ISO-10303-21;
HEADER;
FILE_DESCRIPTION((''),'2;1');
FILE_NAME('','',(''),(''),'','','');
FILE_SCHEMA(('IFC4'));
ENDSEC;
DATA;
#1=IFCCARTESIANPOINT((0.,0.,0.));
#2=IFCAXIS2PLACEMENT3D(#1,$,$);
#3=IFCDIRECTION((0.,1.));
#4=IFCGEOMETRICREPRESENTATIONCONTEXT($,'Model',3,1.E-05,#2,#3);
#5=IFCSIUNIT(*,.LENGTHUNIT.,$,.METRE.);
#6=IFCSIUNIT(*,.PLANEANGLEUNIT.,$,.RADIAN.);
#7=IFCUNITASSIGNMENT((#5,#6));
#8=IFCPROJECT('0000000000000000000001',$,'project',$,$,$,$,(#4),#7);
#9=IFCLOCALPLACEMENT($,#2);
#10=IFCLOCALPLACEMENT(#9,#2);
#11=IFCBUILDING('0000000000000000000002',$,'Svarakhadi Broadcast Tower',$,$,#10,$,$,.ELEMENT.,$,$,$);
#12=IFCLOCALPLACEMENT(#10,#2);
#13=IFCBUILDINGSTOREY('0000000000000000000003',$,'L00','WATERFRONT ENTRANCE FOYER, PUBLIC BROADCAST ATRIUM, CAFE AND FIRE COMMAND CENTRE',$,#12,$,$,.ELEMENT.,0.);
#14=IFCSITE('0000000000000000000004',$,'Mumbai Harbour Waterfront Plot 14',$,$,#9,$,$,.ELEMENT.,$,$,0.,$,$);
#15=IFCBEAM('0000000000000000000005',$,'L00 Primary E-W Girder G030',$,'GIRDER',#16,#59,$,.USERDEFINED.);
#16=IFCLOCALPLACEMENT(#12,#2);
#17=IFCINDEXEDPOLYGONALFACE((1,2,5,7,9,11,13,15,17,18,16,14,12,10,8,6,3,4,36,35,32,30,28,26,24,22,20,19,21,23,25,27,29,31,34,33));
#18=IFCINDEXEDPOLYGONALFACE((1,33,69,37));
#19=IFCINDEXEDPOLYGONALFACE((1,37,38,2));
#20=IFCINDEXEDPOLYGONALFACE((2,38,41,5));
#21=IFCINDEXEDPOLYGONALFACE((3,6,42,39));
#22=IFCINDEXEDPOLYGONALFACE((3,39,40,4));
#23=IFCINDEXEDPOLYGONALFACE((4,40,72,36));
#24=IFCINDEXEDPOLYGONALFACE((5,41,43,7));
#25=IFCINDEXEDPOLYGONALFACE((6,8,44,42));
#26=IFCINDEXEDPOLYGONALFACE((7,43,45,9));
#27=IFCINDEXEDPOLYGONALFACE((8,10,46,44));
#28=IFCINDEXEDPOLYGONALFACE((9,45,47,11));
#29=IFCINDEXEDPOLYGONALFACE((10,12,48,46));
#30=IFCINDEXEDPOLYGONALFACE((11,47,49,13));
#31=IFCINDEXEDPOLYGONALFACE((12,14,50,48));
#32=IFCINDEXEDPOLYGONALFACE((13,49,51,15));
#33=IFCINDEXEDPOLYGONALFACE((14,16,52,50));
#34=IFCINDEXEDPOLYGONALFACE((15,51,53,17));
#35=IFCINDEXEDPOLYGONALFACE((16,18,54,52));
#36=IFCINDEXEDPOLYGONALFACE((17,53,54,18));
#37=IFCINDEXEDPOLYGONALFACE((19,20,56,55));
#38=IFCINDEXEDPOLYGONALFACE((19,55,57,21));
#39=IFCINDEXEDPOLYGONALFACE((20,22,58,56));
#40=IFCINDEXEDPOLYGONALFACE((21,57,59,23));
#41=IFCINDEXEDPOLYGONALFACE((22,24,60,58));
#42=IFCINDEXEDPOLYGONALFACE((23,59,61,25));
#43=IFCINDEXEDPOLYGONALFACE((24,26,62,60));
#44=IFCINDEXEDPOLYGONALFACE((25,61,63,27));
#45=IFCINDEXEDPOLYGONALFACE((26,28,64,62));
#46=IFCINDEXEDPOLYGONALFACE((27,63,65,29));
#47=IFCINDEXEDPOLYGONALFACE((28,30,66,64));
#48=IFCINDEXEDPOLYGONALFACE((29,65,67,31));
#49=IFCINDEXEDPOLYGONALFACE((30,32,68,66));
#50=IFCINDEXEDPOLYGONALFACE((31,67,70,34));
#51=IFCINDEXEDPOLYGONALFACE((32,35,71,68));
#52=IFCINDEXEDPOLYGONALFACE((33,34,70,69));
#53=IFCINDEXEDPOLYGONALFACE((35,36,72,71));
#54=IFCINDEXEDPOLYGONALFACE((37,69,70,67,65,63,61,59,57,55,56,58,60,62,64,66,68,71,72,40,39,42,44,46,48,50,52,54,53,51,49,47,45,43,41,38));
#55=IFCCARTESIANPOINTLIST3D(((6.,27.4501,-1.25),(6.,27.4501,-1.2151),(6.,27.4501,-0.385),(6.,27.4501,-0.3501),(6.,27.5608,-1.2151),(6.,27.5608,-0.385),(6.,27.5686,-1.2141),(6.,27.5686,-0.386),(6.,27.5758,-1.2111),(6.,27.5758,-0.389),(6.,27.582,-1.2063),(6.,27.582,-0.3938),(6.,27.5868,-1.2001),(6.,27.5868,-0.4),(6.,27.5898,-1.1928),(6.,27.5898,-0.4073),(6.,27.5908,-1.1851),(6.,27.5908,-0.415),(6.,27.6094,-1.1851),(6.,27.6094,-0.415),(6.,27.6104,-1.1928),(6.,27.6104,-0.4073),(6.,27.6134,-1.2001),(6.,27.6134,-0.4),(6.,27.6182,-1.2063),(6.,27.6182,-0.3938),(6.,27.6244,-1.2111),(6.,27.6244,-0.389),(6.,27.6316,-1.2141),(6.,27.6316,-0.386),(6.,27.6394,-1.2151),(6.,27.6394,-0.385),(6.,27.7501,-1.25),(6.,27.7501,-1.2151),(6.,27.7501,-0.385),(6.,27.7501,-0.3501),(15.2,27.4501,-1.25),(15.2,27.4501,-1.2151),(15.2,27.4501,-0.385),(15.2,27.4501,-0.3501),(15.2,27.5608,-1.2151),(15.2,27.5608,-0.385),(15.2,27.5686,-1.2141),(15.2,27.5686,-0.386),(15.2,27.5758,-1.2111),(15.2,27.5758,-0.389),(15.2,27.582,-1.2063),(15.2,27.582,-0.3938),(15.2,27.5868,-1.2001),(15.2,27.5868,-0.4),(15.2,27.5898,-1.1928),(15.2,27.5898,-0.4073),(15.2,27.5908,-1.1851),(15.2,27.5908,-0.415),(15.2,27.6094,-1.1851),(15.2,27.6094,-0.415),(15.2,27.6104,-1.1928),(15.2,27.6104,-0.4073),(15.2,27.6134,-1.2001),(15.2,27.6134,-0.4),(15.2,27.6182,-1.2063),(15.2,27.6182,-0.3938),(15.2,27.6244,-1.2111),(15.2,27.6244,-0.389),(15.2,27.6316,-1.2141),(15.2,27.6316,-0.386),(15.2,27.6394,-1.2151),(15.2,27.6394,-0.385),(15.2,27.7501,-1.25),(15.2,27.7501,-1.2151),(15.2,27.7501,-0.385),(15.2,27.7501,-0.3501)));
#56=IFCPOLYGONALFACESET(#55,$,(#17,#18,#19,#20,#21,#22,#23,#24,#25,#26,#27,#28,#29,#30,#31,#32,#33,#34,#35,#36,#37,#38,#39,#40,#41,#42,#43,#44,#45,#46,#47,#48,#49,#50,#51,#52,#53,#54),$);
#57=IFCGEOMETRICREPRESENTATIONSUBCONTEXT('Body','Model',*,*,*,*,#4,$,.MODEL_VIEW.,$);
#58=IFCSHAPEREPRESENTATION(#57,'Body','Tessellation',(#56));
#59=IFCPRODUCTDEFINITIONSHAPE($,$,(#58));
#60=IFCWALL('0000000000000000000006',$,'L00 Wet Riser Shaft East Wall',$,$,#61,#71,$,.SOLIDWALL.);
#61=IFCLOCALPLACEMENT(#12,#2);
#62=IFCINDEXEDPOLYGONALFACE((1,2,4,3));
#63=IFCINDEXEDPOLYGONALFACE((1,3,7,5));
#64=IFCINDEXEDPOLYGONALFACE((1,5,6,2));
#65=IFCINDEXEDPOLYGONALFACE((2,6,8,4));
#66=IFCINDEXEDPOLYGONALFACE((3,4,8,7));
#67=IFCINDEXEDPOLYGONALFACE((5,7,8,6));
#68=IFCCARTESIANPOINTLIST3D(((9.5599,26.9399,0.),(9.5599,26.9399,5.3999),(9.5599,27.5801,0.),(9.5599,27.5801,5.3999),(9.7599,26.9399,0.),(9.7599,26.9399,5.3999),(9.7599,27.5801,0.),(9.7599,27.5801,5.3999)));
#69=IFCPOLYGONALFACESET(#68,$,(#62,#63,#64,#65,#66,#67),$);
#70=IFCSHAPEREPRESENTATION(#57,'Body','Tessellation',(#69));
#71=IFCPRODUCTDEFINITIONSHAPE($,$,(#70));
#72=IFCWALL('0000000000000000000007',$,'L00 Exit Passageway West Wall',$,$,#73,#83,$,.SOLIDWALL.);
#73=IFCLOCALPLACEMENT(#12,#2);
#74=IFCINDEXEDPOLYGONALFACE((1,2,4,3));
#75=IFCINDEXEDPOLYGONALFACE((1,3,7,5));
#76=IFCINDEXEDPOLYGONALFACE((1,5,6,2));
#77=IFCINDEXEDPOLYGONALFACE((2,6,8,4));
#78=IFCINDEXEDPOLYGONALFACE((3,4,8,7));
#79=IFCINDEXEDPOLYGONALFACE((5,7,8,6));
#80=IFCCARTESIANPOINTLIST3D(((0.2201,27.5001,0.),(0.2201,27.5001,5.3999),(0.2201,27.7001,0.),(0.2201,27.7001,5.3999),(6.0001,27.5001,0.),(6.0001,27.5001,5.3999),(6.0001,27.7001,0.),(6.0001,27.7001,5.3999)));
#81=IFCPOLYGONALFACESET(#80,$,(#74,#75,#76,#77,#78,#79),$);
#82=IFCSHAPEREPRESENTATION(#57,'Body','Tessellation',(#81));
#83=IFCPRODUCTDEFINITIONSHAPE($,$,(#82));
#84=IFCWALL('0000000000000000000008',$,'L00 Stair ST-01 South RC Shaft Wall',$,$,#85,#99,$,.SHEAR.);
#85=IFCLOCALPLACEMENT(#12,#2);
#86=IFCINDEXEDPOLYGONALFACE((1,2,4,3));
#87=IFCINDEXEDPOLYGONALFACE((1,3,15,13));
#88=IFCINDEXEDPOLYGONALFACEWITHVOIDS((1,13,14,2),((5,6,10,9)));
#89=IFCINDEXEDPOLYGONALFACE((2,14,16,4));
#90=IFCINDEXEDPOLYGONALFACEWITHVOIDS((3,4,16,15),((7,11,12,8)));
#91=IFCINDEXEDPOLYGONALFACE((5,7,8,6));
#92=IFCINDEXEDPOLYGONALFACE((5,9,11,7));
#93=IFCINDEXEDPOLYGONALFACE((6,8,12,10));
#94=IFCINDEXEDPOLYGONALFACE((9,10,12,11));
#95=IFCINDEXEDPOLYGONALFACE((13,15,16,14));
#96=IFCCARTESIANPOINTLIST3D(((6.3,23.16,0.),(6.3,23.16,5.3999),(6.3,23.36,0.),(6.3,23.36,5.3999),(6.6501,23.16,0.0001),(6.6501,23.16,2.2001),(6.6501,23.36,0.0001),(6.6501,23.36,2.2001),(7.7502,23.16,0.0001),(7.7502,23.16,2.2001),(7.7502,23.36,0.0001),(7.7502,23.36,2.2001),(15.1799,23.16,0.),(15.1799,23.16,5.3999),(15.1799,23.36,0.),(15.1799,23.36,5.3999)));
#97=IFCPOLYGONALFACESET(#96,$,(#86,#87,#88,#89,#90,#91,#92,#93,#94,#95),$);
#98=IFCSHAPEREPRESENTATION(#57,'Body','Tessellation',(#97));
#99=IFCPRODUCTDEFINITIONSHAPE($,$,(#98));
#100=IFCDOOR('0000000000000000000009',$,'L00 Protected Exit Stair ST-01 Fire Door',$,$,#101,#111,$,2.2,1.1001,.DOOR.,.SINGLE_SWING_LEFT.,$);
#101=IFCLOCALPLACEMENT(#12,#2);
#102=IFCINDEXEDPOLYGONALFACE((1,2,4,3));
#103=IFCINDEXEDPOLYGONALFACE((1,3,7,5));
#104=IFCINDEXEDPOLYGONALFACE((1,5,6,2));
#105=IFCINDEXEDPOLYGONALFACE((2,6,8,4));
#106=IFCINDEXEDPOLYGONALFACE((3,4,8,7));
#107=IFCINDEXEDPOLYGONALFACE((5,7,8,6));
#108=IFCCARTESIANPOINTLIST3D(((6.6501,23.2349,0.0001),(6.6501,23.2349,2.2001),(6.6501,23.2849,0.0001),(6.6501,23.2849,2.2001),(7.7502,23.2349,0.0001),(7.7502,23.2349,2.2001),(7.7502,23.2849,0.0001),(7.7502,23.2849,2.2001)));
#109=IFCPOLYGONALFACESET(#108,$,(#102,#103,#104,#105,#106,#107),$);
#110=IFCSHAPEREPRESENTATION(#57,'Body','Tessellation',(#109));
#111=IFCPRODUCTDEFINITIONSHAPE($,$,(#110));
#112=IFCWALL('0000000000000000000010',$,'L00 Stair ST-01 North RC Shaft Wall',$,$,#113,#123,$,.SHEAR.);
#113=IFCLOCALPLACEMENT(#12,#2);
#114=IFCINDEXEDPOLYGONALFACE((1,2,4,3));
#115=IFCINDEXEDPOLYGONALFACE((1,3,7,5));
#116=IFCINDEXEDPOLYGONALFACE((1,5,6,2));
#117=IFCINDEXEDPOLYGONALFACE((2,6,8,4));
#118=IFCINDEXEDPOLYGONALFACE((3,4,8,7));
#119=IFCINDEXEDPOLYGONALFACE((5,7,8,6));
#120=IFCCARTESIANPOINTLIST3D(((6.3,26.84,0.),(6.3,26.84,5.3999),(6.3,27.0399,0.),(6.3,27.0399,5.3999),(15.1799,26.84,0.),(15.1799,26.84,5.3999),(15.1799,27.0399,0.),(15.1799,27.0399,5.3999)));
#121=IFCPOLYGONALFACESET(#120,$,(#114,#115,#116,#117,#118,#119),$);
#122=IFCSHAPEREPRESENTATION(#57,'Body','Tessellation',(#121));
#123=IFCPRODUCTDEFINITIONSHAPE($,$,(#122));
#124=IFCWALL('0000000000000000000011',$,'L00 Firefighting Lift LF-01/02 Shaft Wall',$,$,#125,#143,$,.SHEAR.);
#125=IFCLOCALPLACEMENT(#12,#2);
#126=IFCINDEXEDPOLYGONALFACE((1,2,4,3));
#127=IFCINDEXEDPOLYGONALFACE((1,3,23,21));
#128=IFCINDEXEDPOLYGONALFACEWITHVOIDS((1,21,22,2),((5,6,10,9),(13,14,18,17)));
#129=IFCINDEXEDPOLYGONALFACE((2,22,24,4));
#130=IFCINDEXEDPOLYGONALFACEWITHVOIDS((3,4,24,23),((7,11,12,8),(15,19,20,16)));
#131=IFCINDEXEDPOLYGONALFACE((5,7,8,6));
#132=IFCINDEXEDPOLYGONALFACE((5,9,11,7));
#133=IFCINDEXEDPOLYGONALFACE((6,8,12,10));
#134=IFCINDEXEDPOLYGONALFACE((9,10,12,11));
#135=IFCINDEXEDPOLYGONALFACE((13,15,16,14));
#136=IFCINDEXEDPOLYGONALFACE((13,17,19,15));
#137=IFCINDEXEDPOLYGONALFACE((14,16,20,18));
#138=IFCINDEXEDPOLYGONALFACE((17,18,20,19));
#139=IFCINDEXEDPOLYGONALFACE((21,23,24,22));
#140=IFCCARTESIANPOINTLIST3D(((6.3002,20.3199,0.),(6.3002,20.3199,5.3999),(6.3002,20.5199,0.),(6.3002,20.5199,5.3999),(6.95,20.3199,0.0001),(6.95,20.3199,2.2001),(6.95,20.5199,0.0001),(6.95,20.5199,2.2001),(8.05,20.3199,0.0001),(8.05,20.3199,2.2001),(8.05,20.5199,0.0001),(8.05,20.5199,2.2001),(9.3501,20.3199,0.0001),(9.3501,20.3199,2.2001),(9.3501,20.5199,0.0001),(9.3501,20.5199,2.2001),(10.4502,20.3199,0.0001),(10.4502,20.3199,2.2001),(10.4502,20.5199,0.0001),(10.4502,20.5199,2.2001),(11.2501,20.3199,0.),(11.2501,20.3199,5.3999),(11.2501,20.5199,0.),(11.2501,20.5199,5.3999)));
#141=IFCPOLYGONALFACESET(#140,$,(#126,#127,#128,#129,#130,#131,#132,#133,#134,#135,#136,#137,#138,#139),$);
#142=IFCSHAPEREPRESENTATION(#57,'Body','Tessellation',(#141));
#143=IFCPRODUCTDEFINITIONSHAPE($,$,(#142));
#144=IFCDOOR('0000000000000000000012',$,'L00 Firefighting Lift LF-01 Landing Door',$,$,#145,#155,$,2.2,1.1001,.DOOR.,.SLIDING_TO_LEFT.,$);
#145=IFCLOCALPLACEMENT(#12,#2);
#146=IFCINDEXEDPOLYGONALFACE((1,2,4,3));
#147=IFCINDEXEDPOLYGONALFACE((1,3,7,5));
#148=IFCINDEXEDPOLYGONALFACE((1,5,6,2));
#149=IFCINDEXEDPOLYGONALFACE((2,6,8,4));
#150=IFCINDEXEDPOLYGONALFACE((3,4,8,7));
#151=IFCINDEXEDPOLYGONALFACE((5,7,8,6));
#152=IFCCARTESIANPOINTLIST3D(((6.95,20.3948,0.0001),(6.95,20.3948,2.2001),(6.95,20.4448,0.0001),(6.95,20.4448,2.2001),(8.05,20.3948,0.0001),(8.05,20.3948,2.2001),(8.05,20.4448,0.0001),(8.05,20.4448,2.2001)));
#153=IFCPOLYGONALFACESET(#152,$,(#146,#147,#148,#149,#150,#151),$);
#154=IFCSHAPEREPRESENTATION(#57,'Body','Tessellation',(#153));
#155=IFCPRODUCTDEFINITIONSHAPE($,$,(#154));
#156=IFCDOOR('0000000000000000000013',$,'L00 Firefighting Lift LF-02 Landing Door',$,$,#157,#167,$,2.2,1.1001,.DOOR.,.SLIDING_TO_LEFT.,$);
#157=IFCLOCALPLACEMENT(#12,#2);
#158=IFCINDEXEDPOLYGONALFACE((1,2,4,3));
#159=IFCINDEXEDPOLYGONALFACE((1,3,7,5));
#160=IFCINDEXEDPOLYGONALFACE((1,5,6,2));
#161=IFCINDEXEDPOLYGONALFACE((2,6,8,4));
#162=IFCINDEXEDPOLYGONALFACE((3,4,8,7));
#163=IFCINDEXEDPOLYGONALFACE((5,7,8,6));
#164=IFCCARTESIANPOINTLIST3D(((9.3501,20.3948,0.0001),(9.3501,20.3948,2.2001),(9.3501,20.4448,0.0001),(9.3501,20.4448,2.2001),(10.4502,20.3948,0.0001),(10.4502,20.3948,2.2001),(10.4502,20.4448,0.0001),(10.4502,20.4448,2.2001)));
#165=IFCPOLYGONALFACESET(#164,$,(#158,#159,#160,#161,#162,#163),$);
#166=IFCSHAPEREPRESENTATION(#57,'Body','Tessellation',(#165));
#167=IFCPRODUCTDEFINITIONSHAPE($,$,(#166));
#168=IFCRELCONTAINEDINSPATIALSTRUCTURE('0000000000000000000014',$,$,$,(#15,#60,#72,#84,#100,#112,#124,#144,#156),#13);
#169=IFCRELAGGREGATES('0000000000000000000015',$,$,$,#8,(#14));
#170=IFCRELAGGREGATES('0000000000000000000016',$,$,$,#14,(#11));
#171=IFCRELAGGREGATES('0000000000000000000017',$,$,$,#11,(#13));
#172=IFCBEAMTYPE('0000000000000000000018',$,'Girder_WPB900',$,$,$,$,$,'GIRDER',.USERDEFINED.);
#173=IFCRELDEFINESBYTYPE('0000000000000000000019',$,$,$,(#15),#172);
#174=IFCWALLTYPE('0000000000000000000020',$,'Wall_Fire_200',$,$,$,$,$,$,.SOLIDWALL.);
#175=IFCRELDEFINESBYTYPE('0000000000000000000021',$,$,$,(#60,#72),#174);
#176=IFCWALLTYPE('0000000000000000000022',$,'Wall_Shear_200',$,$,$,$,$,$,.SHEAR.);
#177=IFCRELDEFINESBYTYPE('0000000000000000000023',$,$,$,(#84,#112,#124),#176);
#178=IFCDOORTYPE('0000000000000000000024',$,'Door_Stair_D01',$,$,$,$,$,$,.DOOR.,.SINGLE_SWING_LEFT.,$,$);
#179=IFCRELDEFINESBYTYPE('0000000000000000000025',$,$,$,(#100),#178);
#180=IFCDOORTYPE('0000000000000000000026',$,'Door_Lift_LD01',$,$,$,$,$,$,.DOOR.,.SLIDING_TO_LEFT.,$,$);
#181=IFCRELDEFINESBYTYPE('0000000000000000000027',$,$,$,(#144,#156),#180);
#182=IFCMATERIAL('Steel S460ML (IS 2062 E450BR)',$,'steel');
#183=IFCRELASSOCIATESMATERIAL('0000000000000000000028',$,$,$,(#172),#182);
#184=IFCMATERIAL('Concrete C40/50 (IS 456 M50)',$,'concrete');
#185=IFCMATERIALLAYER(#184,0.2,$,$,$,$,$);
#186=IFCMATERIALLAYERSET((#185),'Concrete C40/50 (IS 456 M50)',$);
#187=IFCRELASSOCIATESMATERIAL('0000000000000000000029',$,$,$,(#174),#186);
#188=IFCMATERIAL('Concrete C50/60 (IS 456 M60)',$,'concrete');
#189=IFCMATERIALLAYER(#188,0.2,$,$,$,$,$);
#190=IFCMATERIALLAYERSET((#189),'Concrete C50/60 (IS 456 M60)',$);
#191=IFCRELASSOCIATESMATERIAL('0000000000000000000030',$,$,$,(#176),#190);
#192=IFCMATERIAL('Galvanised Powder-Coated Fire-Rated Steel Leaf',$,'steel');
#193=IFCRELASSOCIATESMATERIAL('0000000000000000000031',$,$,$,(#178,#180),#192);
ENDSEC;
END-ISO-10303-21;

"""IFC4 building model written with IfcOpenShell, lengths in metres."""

from ifc_helpers import new_model, si_unit, direction, frame, frame_2d, origin, origin_2d, place, context, subcontext, project, spatial, rectangle, i_section, extrude, material, layer, layer_set, material_profile, profile_set, type_object, element, fill, save


model = new_model("IFC4")

# Units and contexts
model_context = context("Model", 3, precision=1e-05, world=origin(), true_north=direction((0.0, 1.0)))
body_context = subcontext(model_context, "Body", "Model", "MODEL_VIEW")
ifc_project = project(units=[si_unit("LENGTHUNIT", "METRE"), si_unit("PLANEANGLEUNIT", "RADIAN")], contexts=[model_context])

# Site, building, storey
site_placement = place(None, origin())
site = spatial("IfcSite", under=ifc_project, at=site_placement, Name="Mumbai Harbour Waterfront Plot 14", CompositionType="ELEMENT", RefElevation=0.0)
building_placement = place(site_placement, origin())
building = spatial("IfcBuilding", under=site, at=building_placement, Name="Svarakhadi Broadcast Tower", CompositionType="ELEMENT")
storey_placement = place(building_placement, origin())
storey = spatial("IfcBuildingStorey", under=building, at=storey_placement, Name="L00", Description="WATERFRONT ENTRANCE FOYER, PUBLIC BROADCAST ATRIUM, CAFE AND FIRE COMMAND CENTRE", CompositionType="ELEMENT", Elevation=0.0)

# Shared definitions
ifc_material_1 = material(Name="Steel S460ML (IS 2062 E450BR)", Category="steel")

# Beam
ifc_material_2 = material(Name="Concrete C50/60 (IS 456 M60)", Category="concrete")
ifc_material_profile_1 = material_profile(ifc_material_1, i_section(OverallWidth=0.3, OverallDepth=0.8999, WebThickness=0.0186, FlangeThickness=0.0349, FilletRadius=0.03, at=origin_2d()), Name="WPB 900x300x291")
ifc_profile_set_1 = profile_set([ifc_material_profile_1], Name="Steel S460ML (IS 2062 E450BR)")
beam_type_1 = type_object("IfcBeamType", Name="Girder_WPB900", ElementType="GIRDER", PredefinedType="USERDEFINED", material=ifc_profile_set_1)
beam_1_placement = place(storey_placement, frame((6.0, 27.6001, -0.8), z_axis=(1.0, 0.0, 0.0), x_axis=(0.0, 1.0, 0.0)))
element("IfcBeam", 1, at=beam_1_placement, inside=storey, type_object=beam_type_1, Name="L00 Primary E-W Girder G030", ObjectType="GIRDER", PredefinedType="USERDEFINED", context=body_context, shape_type="SweptSolid", body=[
    extrude(i_section(OverallWidth=0.3, OverallDepth=0.8999, WebThickness=0.0186, FlangeThickness=0.0349, FilletRadius=0.03, at=origin_2d()), origin(), (0.0, 0.0, 1.0), 9.2),
])

# Walls
ifc_material_3 = material(Name="Concrete C40/50 (IS 456 M50)", Category="concrete")
ifc_layer_1 = layer(ifc_material_3, 0.2)
ifc_layer_set_1 = layer_set([ifc_layer_1], Name="Concrete C40/50 (IS 456 M50)")
wall_type_1 = type_object("IfcWallType", Name="Wall_Fire_200", PredefinedType="SOLIDWALL", material=ifc_layer_set_1)
wall_1_placement = place(storey_placement, frame((9.6599, 26.9399, 0.0), z_axis=(0.0, 0.0, 1.0), x_axis=(0.0, 1.0, 0.0)))
element("IfcWall", 2, at=wall_1_placement, inside=storey, type_object=wall_type_1, Name="L00 Wet Riser Shaft East Wall", PredefinedType="SOLIDWALL", context=body_context, shape_type="SweptSolid", body=[
    extrude(rectangle(XDim=0.6401, YDim=0.2, at=frame_2d((0.3201, 0.0))), origin(), (0.0, 0.0, 1.0), 5.3999),
])
wall_2_placement = place(storey_placement, frame((0.22, 27.6001, 0.0), z_axis=(0.0, 0.0, 1.0), x_axis=(1.0, 0.0, 0.0)))
element("IfcWall", 3, at=wall_2_placement, inside=storey, type_object=wall_type_1, Name="L00 Exit Passageway West Wall", PredefinedType="SOLIDWALL", context=body_context, shape_type="SweptSolid", body=[
    extrude(rectangle(XDim=5.78, YDim=0.2, at=frame_2d((2.8901, 0.0))), origin(), (0.0, 0.0, 1.0), 5.3999),
])

# Wall, opening, door
ifc_layer_2 = layer(ifc_material_2, 0.2)
ifc_layer_set_2 = layer_set([ifc_layer_2], Name="Concrete C50/60 (IS 456 M60)")
wall_type_2 = type_object("IfcWallType", Name="Wall_Shear_200", PredefinedType="SHEAR", material=ifc_layer_set_2)
wall_3_placement = place(storey_placement, frame((6.3, 23.26, 0.0), z_axis=(0.0, 0.0, 1.0), x_axis=(1.0, 0.0, 0.0)))
wall_3 = element("IfcWall", 4, at=wall_3_placement, inside=storey, type_object=wall_type_2, Name="L00 Stair ST-01 South RC Shaft Wall", PredefinedType="SHEAR", context=body_context, shape_type="SweptSolid", body=[
    extrude(rectangle(XDim=8.8799, YDim=0.2, at=frame_2d((4.4399, 0.0))), origin(), (0.0, 0.0, 1.0), 5.3999),
])
opening_1_placement = place(wall_3_placement, frame((0.3501, 0.0, 0.0)))
opening_1 = element("IfcOpeningElement", 5, at=opening_1_placement, cuts=wall_3, PredefinedType="OPENING", context=body_context, shape_type="SweptSolid", body=[
    extrude(rectangle(XDim=1.1001, YDim=2.2, at=frame_2d((0.55, 1.1001))), frame((0.0, 0.1099, 0.0), z_axis=(0.0, -1.0, 0.0), x_axis=(1.0, 0.0, 0.0)), (0.0, 0.0, 1.0), 0.22),
])
ifc_material_4 = material(Name="Galvanised Powder-Coated Fire-Rated Steel Leaf", Category="steel")
door_type_1 = type_object("IfcDoorType", Name="Door_Stair_D01", OperationType="SINGLE_SWING_LEFT", PredefinedType="DOOR", material=ifc_material_4)
door_1_placement = place(opening_1_placement, origin())
door_1 = element("IfcDoor", 6, at=door_1_placement, inside=storey, type_object=door_type_1, Name="L00 Protected Exit Stair ST-01 Fire Door", OperationType="SINGLE_SWING_LEFT", OverallHeight=2.2, OverallWidth=1.1001, PredefinedType="DOOR", context=body_context, shape_type="SweptSolid", body=[
    extrude(rectangle(XDim=1.1001, YDim=2.2, at=frame_2d((0.55, 1.1001))), frame((0.0, 0.0249, 0.0), z_axis=(0.0, -1.0, 0.0), x_axis=(1.0, 0.0, 0.0)), (0.0, 0.0, 1.0), 0.05),
])
fill(opening_1, door_1)

# Wall
wall_4_placement = place(storey_placement, frame((6.3, 26.9399, 0.0), z_axis=(0.0, 0.0, 1.0), x_axis=(1.0, 0.0, 0.0)))
element("IfcWall", 7, at=wall_4_placement, inside=storey, type_object=wall_type_2, Name="L00 Stair ST-01 North RC Shaft Wall", PredefinedType="SHEAR", context=body_context, shape_type="SweptSolid", body=[
    extrude(rectangle(XDim=8.8799, YDim=0.2, at=frame_2d((4.4399, 0.0))), origin(), (0.0, 0.0, 1.0), 5.3999),
])

# Wall, openings, doors
wall_5_placement = place(storey_placement, frame((6.3, 20.4199, 0.0), z_axis=(0.0, 0.0, 1.0), x_axis=(1.0, 0.0, 0.0)))
wall_5 = element("IfcWall", 8, at=wall_5_placement, inside=storey, type_object=wall_type_2, Name="L00 Firefighting Lift LF-01/02 Shaft Wall", PredefinedType="SHEAR", context=body_context, shape_type="SweptSolid", body=[
    extrude(rectangle(XDim=4.95, YDim=0.2, at=frame_2d((2.4751, 0.0))), origin(), (0.0, 0.0, 1.0), 5.3999),
])
opening_2_placement = place(wall_5_placement, frame((0.6499, 0.0, 0.0)))
opening_2 = element("IfcOpeningElement", 9, at=opening_2_placement, cuts=wall_5, PredefinedType="OPENING", context=body_context, shape_type="SweptSolid", body=[
    extrude(rectangle(XDim=1.1001, YDim=2.2, at=frame_2d((0.55, 1.1001))), frame((0.0, 0.1099, 0.0), z_axis=(0.0, -1.0, 0.0), x_axis=(1.0, 0.0, 0.0)), (0.0, 0.0, 1.0), 0.22),
])
opening_3_placement = place(wall_5_placement, frame((3.05, 0.0, 0.0)))
opening_3 = element("IfcOpeningElement", 10, at=opening_3_placement, cuts=wall_5, PredefinedType="OPENING", context=body_context, shape_type="SweptSolid", body=[
    extrude(rectangle(XDim=1.1001, YDim=2.2, at=frame_2d((0.55, 1.1001))), frame((0.0, 0.1099, 0.0), z_axis=(0.0, -1.0, 0.0), x_axis=(1.0, 0.0, 0.0)), (0.0, 0.0, 1.0), 0.22),
])
door_type_2 = type_object("IfcDoorType", Name="Door_Lift_LD01", OperationType="SLIDING_TO_LEFT", PredefinedType="DOOR", material=ifc_material_4)
door_2_placement = place(opening_2_placement, origin())
door_2 = element("IfcDoor", 11, at=door_2_placement, inside=storey, type_object=door_type_2, Name="L00 Firefighting Lift LF-01 Landing Door", OperationType="SLIDING_TO_LEFT", OverallHeight=2.2, OverallWidth=1.1001, PredefinedType="DOOR", context=body_context, shape_type="SweptSolid", body=[
    extrude(rectangle(XDim=1.1001, YDim=2.2, at=frame_2d((0.55, 1.1001))), frame((0.0, 0.0249, 0.0), z_axis=(0.0, -1.0, 0.0), x_axis=(1.0, 0.0, 0.0)), (0.0, 0.0, 1.0), 0.05),
])
fill(opening_2, door_2)
door_3_placement = place(opening_3_placement, origin())
door_3 = element("IfcDoor", 12, at=door_3_placement, inside=storey, type_object=door_type_2, Name="L00 Firefighting Lift LF-02 Landing Door", OperationType="SLIDING_TO_LEFT", OverallHeight=2.2, OverallWidth=1.1001, PredefinedType="DOOR", context=body_context, shape_type="SweptSolid", body=[
    extrude(rectangle(XDim=1.1001, YDim=2.2, at=frame_2d((0.55, 1.1001))), frame((0.0, 0.0249, 0.0), z_axis=(0.0, -1.0, 0.0), x_axis=(1.0, 0.0, 0.0)), (0.0, 0.0, 1.0), 0.05),
])
fill(opening_3, door_3)

save(model, "model.ifc")
